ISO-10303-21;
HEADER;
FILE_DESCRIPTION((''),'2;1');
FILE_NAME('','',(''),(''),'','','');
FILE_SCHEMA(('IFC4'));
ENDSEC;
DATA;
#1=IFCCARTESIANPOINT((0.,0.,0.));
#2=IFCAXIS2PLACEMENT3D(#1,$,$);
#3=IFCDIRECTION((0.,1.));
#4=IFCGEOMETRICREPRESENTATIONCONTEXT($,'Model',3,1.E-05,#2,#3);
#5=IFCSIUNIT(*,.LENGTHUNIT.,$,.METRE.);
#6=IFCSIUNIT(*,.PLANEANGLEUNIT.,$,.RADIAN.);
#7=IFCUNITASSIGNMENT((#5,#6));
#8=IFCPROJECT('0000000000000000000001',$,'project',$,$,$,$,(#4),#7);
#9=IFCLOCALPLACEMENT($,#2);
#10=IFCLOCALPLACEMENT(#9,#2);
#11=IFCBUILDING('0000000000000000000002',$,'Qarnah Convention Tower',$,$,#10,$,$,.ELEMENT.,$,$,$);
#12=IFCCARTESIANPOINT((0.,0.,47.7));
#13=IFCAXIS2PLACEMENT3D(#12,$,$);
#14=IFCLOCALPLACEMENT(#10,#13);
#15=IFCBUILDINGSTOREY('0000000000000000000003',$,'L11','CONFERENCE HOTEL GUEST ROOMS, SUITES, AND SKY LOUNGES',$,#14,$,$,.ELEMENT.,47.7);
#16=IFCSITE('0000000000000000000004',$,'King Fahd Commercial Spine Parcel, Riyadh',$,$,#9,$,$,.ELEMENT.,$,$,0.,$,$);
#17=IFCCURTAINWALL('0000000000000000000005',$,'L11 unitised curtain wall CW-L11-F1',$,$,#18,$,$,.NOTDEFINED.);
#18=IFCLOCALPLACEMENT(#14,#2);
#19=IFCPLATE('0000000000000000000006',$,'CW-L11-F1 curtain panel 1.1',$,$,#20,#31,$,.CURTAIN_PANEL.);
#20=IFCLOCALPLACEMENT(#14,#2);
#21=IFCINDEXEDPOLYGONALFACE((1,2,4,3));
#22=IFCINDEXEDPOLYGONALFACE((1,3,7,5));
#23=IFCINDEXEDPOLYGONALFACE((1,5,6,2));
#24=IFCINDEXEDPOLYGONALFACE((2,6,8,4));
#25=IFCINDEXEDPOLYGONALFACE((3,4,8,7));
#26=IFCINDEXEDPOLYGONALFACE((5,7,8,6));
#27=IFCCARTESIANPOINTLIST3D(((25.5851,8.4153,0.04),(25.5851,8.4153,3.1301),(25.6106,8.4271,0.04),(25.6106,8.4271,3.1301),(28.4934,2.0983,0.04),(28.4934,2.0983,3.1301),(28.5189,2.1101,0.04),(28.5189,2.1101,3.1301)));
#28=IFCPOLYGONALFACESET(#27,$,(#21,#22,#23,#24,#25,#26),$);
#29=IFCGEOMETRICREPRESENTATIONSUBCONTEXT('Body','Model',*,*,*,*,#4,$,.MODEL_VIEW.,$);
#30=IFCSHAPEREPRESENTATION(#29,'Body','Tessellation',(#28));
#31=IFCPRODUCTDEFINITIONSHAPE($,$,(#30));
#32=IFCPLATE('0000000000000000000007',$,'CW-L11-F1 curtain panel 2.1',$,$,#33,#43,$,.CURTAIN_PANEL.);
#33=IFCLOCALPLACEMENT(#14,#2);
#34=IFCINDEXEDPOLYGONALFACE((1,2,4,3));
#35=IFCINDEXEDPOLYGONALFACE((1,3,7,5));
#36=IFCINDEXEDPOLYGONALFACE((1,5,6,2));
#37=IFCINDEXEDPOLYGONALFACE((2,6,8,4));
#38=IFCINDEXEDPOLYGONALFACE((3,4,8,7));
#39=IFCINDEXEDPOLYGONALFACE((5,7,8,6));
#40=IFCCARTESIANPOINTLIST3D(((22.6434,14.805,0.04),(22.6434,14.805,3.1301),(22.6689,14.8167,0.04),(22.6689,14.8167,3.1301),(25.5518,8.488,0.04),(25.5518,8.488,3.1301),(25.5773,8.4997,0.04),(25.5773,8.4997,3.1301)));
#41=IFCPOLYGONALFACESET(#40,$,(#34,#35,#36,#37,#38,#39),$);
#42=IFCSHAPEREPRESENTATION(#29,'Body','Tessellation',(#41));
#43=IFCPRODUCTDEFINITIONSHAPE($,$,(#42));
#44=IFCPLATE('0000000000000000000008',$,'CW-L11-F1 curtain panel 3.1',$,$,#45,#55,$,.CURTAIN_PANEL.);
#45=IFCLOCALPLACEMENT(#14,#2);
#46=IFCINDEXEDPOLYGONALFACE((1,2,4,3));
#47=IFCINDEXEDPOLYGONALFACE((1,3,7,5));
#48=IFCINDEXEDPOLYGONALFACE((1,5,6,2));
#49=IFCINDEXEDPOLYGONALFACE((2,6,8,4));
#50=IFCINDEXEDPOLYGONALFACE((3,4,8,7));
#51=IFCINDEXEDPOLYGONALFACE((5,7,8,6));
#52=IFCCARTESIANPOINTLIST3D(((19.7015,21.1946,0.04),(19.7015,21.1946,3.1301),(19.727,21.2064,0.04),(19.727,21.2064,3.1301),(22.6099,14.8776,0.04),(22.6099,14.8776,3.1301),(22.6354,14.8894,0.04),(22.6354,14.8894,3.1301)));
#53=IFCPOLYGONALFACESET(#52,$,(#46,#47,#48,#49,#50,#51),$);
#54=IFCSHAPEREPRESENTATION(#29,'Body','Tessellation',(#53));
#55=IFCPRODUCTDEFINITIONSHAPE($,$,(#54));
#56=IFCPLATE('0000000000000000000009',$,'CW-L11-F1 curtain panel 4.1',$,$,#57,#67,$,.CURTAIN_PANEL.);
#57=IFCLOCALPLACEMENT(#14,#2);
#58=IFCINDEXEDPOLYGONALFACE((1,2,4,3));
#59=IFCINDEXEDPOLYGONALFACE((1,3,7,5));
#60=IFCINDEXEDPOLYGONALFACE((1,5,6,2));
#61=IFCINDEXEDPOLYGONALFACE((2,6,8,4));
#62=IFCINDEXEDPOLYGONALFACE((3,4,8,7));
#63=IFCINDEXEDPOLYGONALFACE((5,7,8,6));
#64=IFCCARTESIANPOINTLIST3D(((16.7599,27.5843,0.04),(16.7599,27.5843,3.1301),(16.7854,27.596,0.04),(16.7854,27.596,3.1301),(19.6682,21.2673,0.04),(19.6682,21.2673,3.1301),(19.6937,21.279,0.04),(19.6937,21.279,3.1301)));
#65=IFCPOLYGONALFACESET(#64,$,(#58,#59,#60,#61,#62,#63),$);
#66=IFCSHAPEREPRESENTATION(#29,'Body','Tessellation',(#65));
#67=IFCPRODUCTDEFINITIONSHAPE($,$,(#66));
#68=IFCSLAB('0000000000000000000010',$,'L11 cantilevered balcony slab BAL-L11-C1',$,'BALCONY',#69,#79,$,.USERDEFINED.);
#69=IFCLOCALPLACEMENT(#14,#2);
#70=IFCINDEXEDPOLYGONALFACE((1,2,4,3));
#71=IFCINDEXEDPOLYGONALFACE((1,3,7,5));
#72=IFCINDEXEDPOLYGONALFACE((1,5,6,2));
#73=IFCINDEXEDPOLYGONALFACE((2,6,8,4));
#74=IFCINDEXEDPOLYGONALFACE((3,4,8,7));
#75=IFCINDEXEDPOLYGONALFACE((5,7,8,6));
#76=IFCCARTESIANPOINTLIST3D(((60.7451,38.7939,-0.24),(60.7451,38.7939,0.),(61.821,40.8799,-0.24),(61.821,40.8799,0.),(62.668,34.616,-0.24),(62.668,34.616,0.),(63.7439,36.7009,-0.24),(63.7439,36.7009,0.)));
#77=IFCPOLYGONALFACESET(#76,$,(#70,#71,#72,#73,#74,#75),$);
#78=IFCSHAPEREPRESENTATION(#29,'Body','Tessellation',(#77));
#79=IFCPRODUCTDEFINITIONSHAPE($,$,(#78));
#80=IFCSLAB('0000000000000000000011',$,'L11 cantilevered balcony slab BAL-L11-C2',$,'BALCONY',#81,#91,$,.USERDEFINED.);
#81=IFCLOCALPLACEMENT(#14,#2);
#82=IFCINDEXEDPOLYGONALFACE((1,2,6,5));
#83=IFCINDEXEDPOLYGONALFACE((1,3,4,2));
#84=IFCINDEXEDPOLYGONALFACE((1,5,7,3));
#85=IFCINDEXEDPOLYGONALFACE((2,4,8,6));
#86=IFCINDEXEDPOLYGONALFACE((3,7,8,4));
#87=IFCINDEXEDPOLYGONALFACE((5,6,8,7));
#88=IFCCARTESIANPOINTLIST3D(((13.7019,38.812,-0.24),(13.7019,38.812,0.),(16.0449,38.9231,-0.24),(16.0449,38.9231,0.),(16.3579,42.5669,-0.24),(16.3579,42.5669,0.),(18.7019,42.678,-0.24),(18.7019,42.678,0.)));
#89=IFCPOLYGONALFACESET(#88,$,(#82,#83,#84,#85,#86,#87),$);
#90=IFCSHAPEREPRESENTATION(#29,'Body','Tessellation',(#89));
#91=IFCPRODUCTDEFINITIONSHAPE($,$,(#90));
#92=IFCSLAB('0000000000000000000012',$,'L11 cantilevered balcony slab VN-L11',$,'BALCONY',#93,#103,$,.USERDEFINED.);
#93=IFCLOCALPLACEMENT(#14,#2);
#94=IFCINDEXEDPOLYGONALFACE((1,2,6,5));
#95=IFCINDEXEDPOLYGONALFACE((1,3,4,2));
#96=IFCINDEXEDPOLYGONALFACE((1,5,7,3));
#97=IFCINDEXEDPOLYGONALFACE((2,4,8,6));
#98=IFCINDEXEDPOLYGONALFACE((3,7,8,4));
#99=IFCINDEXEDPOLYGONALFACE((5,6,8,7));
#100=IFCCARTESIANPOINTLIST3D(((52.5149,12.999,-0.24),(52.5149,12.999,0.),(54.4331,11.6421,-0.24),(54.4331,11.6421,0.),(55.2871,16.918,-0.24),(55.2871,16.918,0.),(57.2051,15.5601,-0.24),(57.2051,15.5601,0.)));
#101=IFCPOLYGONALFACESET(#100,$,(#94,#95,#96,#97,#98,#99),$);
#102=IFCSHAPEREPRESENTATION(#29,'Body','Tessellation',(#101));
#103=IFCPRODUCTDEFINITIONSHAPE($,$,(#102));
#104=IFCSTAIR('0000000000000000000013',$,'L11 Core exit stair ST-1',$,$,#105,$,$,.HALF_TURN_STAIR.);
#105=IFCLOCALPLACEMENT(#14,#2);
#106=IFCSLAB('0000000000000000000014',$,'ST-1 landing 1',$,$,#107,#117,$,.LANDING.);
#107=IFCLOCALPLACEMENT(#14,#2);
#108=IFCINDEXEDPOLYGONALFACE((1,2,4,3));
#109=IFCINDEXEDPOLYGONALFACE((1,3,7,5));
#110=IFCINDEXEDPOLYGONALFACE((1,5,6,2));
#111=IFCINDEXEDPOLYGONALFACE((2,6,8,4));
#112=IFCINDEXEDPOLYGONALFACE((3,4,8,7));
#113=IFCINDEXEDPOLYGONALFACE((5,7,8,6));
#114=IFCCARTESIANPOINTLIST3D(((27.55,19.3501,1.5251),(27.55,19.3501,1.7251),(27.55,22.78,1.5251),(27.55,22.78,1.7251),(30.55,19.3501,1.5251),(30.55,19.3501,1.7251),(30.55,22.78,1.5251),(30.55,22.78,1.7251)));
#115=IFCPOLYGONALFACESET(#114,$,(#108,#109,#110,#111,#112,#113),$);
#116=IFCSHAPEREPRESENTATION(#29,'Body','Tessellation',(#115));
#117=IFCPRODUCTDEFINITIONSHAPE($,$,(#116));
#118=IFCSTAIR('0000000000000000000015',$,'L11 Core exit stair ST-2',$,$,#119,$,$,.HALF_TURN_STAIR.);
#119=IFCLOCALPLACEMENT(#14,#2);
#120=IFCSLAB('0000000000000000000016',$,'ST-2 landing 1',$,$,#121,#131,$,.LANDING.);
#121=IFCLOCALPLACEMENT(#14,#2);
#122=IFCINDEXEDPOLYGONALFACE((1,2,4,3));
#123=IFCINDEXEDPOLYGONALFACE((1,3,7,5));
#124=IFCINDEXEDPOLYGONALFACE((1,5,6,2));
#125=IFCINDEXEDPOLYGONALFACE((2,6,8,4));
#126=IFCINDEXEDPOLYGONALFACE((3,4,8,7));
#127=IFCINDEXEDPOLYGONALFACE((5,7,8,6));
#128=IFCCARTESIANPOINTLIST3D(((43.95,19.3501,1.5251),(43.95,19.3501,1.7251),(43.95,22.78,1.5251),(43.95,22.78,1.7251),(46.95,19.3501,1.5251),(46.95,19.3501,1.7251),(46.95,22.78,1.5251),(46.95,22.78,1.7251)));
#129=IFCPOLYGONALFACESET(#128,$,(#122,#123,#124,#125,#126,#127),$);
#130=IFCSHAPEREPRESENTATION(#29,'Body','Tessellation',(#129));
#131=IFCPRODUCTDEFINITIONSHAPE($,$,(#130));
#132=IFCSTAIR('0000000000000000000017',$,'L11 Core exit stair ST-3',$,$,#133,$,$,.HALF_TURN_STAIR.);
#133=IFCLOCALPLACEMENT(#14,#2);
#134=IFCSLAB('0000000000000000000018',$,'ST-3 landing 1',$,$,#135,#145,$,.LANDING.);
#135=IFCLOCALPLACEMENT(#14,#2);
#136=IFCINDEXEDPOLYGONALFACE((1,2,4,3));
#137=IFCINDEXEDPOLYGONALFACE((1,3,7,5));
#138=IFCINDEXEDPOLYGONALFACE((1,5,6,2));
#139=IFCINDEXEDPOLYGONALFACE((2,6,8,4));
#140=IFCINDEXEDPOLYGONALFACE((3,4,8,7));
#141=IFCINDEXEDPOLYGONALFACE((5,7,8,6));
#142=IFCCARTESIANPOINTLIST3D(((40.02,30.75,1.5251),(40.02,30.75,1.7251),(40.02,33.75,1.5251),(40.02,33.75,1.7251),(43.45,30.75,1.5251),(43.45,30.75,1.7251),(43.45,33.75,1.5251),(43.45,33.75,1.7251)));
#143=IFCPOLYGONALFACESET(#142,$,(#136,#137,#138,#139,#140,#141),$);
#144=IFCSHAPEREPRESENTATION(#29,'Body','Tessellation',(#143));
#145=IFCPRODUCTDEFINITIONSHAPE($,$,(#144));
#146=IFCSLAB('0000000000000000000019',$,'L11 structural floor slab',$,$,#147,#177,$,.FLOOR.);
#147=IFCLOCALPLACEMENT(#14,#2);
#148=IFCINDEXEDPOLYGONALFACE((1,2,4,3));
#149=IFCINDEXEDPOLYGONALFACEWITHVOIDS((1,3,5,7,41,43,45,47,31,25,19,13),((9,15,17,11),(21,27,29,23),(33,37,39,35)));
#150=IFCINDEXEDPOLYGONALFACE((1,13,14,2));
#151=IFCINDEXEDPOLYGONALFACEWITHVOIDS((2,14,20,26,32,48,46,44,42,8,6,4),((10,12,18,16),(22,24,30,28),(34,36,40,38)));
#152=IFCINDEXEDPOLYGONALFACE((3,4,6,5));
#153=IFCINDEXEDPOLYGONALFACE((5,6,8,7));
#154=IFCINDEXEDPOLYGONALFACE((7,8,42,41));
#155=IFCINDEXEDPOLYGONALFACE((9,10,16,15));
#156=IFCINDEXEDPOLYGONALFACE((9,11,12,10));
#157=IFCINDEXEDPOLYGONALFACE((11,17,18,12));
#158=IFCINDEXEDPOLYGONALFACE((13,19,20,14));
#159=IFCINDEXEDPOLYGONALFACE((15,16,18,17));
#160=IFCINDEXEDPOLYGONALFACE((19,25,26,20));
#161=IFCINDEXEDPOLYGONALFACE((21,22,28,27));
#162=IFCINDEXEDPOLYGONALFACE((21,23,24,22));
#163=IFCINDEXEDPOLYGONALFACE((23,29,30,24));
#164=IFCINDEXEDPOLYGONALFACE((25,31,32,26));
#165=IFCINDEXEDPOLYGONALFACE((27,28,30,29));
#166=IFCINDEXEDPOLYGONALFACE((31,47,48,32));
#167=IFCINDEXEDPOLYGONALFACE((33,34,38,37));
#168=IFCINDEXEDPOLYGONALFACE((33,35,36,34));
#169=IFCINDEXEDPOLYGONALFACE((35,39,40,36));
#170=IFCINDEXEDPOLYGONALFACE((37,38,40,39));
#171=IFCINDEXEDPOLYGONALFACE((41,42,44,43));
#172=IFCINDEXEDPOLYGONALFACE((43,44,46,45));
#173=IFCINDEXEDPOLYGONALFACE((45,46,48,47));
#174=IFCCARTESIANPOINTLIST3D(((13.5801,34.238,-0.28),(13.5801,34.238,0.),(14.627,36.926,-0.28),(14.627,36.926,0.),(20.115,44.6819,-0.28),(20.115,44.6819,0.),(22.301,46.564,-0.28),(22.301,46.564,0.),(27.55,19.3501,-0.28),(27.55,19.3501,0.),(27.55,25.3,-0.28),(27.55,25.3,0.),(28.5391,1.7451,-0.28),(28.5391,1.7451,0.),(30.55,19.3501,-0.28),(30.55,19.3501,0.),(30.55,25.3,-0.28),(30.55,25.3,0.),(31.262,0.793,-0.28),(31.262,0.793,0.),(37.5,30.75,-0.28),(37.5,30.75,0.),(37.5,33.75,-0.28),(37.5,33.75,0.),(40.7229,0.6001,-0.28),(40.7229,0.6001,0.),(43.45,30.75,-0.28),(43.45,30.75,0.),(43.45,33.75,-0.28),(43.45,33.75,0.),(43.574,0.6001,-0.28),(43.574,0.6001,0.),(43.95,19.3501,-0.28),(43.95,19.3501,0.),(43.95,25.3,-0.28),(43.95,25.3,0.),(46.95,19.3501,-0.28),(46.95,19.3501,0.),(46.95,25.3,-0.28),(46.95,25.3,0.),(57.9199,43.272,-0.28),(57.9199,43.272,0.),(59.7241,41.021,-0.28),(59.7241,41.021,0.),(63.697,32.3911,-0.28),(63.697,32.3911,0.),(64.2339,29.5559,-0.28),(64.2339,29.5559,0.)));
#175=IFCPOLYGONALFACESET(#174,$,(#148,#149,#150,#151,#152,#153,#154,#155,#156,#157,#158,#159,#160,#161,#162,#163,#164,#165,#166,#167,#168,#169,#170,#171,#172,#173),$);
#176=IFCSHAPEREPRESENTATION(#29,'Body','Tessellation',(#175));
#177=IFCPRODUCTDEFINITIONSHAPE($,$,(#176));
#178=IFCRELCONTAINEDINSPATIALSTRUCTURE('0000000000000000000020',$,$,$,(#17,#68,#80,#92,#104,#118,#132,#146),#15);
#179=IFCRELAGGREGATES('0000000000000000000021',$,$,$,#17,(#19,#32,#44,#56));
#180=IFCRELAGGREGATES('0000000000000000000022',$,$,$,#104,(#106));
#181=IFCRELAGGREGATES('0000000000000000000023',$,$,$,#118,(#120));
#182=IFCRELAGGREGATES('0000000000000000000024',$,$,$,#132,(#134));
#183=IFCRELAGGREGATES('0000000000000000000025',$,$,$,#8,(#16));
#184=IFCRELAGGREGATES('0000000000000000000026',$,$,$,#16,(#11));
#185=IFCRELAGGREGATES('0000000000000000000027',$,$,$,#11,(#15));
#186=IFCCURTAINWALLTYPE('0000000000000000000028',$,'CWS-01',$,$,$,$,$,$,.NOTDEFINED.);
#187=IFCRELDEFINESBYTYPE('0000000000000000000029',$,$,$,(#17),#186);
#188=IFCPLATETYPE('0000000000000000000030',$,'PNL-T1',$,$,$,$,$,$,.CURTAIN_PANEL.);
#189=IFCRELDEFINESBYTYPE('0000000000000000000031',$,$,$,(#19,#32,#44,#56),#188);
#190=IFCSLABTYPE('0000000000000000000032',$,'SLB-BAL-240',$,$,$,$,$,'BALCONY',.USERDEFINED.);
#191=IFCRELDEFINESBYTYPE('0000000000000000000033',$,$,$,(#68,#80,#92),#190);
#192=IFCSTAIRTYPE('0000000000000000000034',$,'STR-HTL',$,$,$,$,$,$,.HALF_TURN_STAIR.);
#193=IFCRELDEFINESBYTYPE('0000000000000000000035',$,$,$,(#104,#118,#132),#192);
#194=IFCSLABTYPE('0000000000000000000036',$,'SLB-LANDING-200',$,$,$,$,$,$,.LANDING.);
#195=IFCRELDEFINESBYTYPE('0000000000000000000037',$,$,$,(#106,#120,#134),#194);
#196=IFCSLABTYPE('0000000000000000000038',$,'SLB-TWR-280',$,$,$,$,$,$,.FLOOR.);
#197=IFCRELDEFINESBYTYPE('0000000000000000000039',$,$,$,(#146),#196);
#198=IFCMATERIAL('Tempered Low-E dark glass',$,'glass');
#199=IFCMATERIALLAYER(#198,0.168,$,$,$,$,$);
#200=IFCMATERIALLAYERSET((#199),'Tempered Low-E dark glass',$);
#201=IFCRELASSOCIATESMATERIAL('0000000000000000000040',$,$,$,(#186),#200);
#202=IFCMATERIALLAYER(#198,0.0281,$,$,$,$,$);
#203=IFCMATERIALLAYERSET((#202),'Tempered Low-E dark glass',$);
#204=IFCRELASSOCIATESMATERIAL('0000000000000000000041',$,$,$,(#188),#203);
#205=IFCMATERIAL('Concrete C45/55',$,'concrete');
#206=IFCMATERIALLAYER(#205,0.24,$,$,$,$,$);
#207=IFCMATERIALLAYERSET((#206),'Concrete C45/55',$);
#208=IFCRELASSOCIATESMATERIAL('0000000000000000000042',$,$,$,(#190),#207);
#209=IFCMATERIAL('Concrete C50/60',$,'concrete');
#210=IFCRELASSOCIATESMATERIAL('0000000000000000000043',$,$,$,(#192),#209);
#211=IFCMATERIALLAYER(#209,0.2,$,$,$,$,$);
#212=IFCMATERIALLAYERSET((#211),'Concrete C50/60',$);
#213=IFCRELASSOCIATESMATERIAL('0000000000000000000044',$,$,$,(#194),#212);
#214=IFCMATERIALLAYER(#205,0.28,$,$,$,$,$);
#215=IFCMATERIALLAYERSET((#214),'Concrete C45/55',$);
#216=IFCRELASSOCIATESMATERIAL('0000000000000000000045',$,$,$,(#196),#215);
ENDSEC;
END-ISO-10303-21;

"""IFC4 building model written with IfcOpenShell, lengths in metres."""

from ifc_helpers import new_model, si_unit, direction, frame, origin, origin_2d, place, context, subcontext, project, spatial, polyline, rectangle, outline, extrude, material, layer, layer_set, type_object, element, aggregate, save


model = new_model("IFC4")

# Units and contexts
model_context = context("Model", 3, precision=1e-05, world=origin(), true_north=direction((0.0, 1.0)))
body_context = subcontext(model_context, "Body", "Model", "MODEL_VIEW")
ifc_project = project(units=[si_unit("LENGTHUNIT", "METRE"), si_unit("PLANEANGLEUNIT", "RADIAN")], contexts=[model_context])

# Site, building, storey
site_placement = place(None, origin())
site = spatial("IfcSite", under=ifc_project, at=site_placement, Name="King Fahd Commercial Spine Parcel, Riyadh", CompositionType="ELEMENT", RefElevation=0.0)
building_placement = place(site_placement, origin())
building = spatial("IfcBuilding", under=site, at=building_placement, Name="Qarnah Convention Tower", CompositionType="ELEMENT")
storey_placement = place(building_placement, frame((0.0, 0.0, 47.7)))
storey = spatial("IfcBuildingStorey", under=building, at=storey_placement, Name="L11", Description="CONFERENCE HOTEL GUEST ROOMS, SUITES, AND SKY LOUNGES", CompositionType="ELEMENT", Elevation=47.7)

# Curtain wall, plates
ifc_material_1 = material(Name="Tempered Low-E dark glass", Category="glass")
ifc_layer_1 = layer(ifc_material_1, 0.168)
ifc_layer_set_1 = layer_set([ifc_layer_1], Name="Tempered Low-E dark glass")
curtain_wall_type = type_object("IfcCurtainWallType", Name="CWS-01", PredefinedType="NOTDEFINED", material=ifc_layer_set_1)
curtain_wall_placement = place(storey_placement, origin())
curtain_wall = element("IfcCurtainWall", 1, at=curtain_wall_placement, inside=storey, type_object=curtain_wall_type, Name="L11 unitised curtain wall CW-L11-F1", PredefinedType="NOTDEFINED")
ifc_layer_2 = layer(ifc_material_1, 0.0281)
ifc_layer_set_2 = layer_set([ifc_layer_2], Name="Tempered Low-E dark glass")
plate_type = type_object("IfcPlateType", Name="PNL-T1", PredefinedType="CURTAIN_PANEL", material=ifc_layer_set_2)
plate_1_placement = place(storey_placement, frame((27.052, 5.2627, 0.04), z_axis=(0.0, 0.0, 1.0), x_axis=(-0.418209, 0.908351, 0.0)))
plate_1 = element("IfcPlate", 2, at=plate_1_placement, type_object=plate_type, Name="CW-L11-F1 curtain panel 1.1", PredefinedType="CURTAIN_PANEL", context=body_context, shape_type="SweptSolid", body=[
    extrude(rectangle(XDim=6.9543, YDim=0.0281, at=origin_2d()), origin(), (0.0, 0.0, 1.0), 3.0901),
])
plate_2_placement = place(storey_placement, frame((24.1104, 11.6523, 0.04), z_axis=(0.0, 0.0, 1.0), x_axis=(-0.418209, 0.908351, 0.0)))
plate_2 = element("IfcPlate", 3, at=plate_2_placement, type_object=plate_type, Name="CW-L11-F1 curtain panel 2.1", PredefinedType="CURTAIN_PANEL", context=body_context, shape_type="SweptSolid", body=[
    extrude(rectangle(XDim=6.9543, YDim=0.0281, at=origin_2d()), origin(), (0.0, 0.0, 1.0), 3.0901),
])
plate_3_placement = place(storey_placement, frame((21.1685, 18.042, 0.04), z_axis=(0.0, 0.0, 1.0), x_axis=(-0.418209, 0.908351, 0.0)))
plate_3 = element("IfcPlate", 4, at=plate_3_placement, type_object=plate_type, Name="CW-L11-F1 curtain panel 3.1", PredefinedType="CURTAIN_PANEL", context=body_context, shape_type="SweptSolid", body=[
    extrude(rectangle(XDim=6.9543, YDim=0.0281, at=origin_2d()), origin(), (0.0, 0.0, 1.0), 3.0901),
])
plate_4_placement = place(storey_placement, frame((18.2268, 24.4316, 0.04), z_axis=(0.0, 0.0, 1.0), x_axis=(-0.418209, 0.908351, 0.0)))
plate_4 = element("IfcPlate", 5, at=plate_4_placement, type_object=plate_type, Name="CW-L11-F1 curtain panel 4.1", PredefinedType="CURTAIN_PANEL", context=body_context, shape_type="SweptSolid", body=[
    extrude(rectangle(XDim=6.9543, YDim=0.0281, at=origin_2d()), origin(), (0.0, 0.0, 1.0), 3.0901),
])
aggregate(curtain_wall, [plate_1, plate_2, plate_3, plate_4])

# Slabs
ifc_material_2 = material(Name="Concrete C45/55", Category="concrete")
ifc_layer_3 = layer(ifc_material_2, 0.24)
ifc_layer_set_3 = layer_set([ifc_layer_3], Name="Concrete C45/55")
slab_type_1 = type_object("IfcSlabType", Name="SLB-BAL-240", ElementType="BALCONY", PredefinedType="USERDEFINED", material=ifc_layer_set_3)
slab_1_placement = place(storey_placement, frame((0.0, 0.0, -0.24)))
element("IfcSlab", 6, at=slab_1_placement, inside=storey, type_object=slab_type_1, Name="L11 cantilevered balcony slab BAL-L11-C1", ObjectType="BALCONY", PredefinedType="USERDEFINED", context=body_context, shape_type="SweptSolid", body=[
    extrude(outline(polyline([(61.821, 40.8799), (63.7439, 36.7009), (62.668, 34.616), (60.7451, 38.7939), (61.821, 40.8799)])), origin(), (0.0, 0.0, 1.0), 0.24),
])
slab_2_placement = place(storey_placement, frame((0.0, 0.0, -0.24)))
element("IfcSlab", 7, at=slab_2_placement, inside=storey, type_object=slab_type_1, Name="L11 cantilevered balcony slab BAL-L11-C2", ObjectType="BALCONY", PredefinedType="USERDEFINED", context=body_context, shape_type="SweptSolid", body=[
    extrude(outline(polyline([(13.7019, 38.812), (16.3579, 42.5669), (18.7019, 42.678), (16.0449, 38.9231), (13.7019, 38.812)])), origin(), (0.0, 0.0, 1.0), 0.24),
])
slab_3_placement = place(storey_placement, frame((0.0, 0.0, -0.24)))
element("IfcSlab", 8, at=slab_3_placement, inside=storey, type_object=slab_type_1, Name="L11 cantilevered balcony slab VN-L11", ObjectType="BALCONY", PredefinedType="USERDEFINED", context=body_context, shape_type="SweptSolid", body=[
    extrude(outline(polyline([(55.2871, 16.918), (57.2051, 15.5601), (54.4331, 11.6421), (52.5149, 12.999), (55.2871, 16.918)])), origin(), (0.0, 0.0, 1.0), 0.24),
])

# Stairs, slabs
ifc_material_3 = material(Name="Concrete C50/60", Category="concrete")
stair_type = type_object("IfcStairType", Name="STR-HTL", PredefinedType="HALF_TURN_STAIR", material=ifc_material_3)
stair_1_placement = place(storey_placement, origin())
stair_1 = element("IfcStair", 9, at=stair_1_placement, inside=storey, type_object=stair_type, Name="L11 Core exit stair ST-1", PredefinedType="HALF_TURN_STAIR")
ifc_layer_4 = layer(ifc_material_3, 0.2)
ifc_layer_set_4 = layer_set([ifc_layer_4], Name="Concrete C50/60")
slab_type_2 = type_object("IfcSlabType", Name="SLB-LANDING-200", PredefinedType="LANDING", material=ifc_layer_set_4)
slab_4_placement = place(storey_placement, frame((0.0, 0.0, 1.5251)))
slab_4 = element("IfcSlab", 10, at=slab_4_placement, type_object=slab_type_2, Name="ST-1 landing 1", PredefinedType="LANDING", context=body_context, shape_type="SweptSolid", body=[
    extrude(outline(polyline([(27.55, 22.78), (27.55, 19.3501), (30.55, 19.3501), (30.55, 22.78), (27.55, 22.78)])), origin(), (0.0, 0.0, 1.0), 0.2),
])
aggregate(stair_1, [slab_4])
stair_2_placement = place(storey_placement, origin())
stair_2 = element("IfcStair", 11, at=stair_2_placement, inside=storey, type_object=stair_type, Name="L11 Core exit stair ST-2", PredefinedType="HALF_TURN_STAIR")
slab_5_placement = place(storey_placement, frame((0.0, 0.0, 1.5251)))
slab_5 = element("IfcSlab", 12, at=slab_5_placement, type_object=slab_type_2, Name="ST-2 landing 1", PredefinedType="LANDING", context=body_context, shape_type="SweptSolid", body=[
    extrude(outline(polyline([(43.95, 22.78), (43.95, 19.3501), (46.95, 19.3501), (46.95, 22.78), (43.95, 22.78)])), origin(), (0.0, 0.0, 1.0), 0.2),
])
aggregate(stair_2, [slab_5])
stair_3_placement = place(storey_placement, origin())
stair_3 = element("IfcStair", 13, at=stair_3_placement, inside=storey, type_object=stair_type, Name="L11 Core exit stair ST-3", PredefinedType="HALF_TURN_STAIR")
slab_6_placement = place(storey_placement, frame((0.0, 0.0, 1.5251)))
slab_6 = element("IfcSlab", 14, at=slab_6_placement, type_object=slab_type_2, Name="ST-3 landing 1", PredefinedType="LANDING", context=body_context, shape_type="SweptSolid", body=[
    extrude(outline(polyline([(40.02, 30.75), (43.45, 30.75), (43.45, 33.75), (40.02, 33.75), (40.02, 30.75)])), origin(), (0.0, 0.0, 1.0), 0.2),
])
aggregate(stair_3, [slab_6])

# Slab
ifc_layer_5 = layer(ifc_material_2, 0.28)
ifc_layer_set_5 = layer_set([ifc_layer_5], Name="Concrete C45/55")
slab_type_3 = type_object("IfcSlabType", Name="SLB-TWR-280", PredefinedType="FLOOR", material=ifc_layer_set_5)
slab_7_placement = place(storey_placement, frame((0.0, 0.0, -0.28)))
element("IfcSlab", 15, at=slab_7_placement, inside=storey, type_object=slab_type_3, Name="L11 structural floor slab", PredefinedType="FLOOR", context=body_context, shape_type="SweptSolid", body=[
    extrude(outline(polyline([(57.9199, 43.272), (22.301, 46.564), (20.115, 44.6819), (14.627, 36.926), (13.5801, 34.238), (28.5391, 1.7451), (31.262, 0.793), (40.7229, 0.6001), (43.574, 0.6001), (64.2339, 29.5559), (63.697, 32.3911), (59.7241, 41.021), (57.9199, 43.272)]), holes=[polyline([(27.55, 25.3), (27.55, 19.3501), (30.55, 19.3501), (30.55, 25.3), (27.55, 25.3)]), polyline([(43.95, 25.3), (43.95, 19.3501), (46.95, 19.3501), (46.95, 25.3), (43.95, 25.3)]), polyline([(37.5, 30.75), (43.45, 30.75), (43.45, 33.75), (37.5, 33.75), (37.5, 30.75)])]), origin(), (0.0, 0.0, 1.0), 0.28),
])

save(model, "model.ifc")
